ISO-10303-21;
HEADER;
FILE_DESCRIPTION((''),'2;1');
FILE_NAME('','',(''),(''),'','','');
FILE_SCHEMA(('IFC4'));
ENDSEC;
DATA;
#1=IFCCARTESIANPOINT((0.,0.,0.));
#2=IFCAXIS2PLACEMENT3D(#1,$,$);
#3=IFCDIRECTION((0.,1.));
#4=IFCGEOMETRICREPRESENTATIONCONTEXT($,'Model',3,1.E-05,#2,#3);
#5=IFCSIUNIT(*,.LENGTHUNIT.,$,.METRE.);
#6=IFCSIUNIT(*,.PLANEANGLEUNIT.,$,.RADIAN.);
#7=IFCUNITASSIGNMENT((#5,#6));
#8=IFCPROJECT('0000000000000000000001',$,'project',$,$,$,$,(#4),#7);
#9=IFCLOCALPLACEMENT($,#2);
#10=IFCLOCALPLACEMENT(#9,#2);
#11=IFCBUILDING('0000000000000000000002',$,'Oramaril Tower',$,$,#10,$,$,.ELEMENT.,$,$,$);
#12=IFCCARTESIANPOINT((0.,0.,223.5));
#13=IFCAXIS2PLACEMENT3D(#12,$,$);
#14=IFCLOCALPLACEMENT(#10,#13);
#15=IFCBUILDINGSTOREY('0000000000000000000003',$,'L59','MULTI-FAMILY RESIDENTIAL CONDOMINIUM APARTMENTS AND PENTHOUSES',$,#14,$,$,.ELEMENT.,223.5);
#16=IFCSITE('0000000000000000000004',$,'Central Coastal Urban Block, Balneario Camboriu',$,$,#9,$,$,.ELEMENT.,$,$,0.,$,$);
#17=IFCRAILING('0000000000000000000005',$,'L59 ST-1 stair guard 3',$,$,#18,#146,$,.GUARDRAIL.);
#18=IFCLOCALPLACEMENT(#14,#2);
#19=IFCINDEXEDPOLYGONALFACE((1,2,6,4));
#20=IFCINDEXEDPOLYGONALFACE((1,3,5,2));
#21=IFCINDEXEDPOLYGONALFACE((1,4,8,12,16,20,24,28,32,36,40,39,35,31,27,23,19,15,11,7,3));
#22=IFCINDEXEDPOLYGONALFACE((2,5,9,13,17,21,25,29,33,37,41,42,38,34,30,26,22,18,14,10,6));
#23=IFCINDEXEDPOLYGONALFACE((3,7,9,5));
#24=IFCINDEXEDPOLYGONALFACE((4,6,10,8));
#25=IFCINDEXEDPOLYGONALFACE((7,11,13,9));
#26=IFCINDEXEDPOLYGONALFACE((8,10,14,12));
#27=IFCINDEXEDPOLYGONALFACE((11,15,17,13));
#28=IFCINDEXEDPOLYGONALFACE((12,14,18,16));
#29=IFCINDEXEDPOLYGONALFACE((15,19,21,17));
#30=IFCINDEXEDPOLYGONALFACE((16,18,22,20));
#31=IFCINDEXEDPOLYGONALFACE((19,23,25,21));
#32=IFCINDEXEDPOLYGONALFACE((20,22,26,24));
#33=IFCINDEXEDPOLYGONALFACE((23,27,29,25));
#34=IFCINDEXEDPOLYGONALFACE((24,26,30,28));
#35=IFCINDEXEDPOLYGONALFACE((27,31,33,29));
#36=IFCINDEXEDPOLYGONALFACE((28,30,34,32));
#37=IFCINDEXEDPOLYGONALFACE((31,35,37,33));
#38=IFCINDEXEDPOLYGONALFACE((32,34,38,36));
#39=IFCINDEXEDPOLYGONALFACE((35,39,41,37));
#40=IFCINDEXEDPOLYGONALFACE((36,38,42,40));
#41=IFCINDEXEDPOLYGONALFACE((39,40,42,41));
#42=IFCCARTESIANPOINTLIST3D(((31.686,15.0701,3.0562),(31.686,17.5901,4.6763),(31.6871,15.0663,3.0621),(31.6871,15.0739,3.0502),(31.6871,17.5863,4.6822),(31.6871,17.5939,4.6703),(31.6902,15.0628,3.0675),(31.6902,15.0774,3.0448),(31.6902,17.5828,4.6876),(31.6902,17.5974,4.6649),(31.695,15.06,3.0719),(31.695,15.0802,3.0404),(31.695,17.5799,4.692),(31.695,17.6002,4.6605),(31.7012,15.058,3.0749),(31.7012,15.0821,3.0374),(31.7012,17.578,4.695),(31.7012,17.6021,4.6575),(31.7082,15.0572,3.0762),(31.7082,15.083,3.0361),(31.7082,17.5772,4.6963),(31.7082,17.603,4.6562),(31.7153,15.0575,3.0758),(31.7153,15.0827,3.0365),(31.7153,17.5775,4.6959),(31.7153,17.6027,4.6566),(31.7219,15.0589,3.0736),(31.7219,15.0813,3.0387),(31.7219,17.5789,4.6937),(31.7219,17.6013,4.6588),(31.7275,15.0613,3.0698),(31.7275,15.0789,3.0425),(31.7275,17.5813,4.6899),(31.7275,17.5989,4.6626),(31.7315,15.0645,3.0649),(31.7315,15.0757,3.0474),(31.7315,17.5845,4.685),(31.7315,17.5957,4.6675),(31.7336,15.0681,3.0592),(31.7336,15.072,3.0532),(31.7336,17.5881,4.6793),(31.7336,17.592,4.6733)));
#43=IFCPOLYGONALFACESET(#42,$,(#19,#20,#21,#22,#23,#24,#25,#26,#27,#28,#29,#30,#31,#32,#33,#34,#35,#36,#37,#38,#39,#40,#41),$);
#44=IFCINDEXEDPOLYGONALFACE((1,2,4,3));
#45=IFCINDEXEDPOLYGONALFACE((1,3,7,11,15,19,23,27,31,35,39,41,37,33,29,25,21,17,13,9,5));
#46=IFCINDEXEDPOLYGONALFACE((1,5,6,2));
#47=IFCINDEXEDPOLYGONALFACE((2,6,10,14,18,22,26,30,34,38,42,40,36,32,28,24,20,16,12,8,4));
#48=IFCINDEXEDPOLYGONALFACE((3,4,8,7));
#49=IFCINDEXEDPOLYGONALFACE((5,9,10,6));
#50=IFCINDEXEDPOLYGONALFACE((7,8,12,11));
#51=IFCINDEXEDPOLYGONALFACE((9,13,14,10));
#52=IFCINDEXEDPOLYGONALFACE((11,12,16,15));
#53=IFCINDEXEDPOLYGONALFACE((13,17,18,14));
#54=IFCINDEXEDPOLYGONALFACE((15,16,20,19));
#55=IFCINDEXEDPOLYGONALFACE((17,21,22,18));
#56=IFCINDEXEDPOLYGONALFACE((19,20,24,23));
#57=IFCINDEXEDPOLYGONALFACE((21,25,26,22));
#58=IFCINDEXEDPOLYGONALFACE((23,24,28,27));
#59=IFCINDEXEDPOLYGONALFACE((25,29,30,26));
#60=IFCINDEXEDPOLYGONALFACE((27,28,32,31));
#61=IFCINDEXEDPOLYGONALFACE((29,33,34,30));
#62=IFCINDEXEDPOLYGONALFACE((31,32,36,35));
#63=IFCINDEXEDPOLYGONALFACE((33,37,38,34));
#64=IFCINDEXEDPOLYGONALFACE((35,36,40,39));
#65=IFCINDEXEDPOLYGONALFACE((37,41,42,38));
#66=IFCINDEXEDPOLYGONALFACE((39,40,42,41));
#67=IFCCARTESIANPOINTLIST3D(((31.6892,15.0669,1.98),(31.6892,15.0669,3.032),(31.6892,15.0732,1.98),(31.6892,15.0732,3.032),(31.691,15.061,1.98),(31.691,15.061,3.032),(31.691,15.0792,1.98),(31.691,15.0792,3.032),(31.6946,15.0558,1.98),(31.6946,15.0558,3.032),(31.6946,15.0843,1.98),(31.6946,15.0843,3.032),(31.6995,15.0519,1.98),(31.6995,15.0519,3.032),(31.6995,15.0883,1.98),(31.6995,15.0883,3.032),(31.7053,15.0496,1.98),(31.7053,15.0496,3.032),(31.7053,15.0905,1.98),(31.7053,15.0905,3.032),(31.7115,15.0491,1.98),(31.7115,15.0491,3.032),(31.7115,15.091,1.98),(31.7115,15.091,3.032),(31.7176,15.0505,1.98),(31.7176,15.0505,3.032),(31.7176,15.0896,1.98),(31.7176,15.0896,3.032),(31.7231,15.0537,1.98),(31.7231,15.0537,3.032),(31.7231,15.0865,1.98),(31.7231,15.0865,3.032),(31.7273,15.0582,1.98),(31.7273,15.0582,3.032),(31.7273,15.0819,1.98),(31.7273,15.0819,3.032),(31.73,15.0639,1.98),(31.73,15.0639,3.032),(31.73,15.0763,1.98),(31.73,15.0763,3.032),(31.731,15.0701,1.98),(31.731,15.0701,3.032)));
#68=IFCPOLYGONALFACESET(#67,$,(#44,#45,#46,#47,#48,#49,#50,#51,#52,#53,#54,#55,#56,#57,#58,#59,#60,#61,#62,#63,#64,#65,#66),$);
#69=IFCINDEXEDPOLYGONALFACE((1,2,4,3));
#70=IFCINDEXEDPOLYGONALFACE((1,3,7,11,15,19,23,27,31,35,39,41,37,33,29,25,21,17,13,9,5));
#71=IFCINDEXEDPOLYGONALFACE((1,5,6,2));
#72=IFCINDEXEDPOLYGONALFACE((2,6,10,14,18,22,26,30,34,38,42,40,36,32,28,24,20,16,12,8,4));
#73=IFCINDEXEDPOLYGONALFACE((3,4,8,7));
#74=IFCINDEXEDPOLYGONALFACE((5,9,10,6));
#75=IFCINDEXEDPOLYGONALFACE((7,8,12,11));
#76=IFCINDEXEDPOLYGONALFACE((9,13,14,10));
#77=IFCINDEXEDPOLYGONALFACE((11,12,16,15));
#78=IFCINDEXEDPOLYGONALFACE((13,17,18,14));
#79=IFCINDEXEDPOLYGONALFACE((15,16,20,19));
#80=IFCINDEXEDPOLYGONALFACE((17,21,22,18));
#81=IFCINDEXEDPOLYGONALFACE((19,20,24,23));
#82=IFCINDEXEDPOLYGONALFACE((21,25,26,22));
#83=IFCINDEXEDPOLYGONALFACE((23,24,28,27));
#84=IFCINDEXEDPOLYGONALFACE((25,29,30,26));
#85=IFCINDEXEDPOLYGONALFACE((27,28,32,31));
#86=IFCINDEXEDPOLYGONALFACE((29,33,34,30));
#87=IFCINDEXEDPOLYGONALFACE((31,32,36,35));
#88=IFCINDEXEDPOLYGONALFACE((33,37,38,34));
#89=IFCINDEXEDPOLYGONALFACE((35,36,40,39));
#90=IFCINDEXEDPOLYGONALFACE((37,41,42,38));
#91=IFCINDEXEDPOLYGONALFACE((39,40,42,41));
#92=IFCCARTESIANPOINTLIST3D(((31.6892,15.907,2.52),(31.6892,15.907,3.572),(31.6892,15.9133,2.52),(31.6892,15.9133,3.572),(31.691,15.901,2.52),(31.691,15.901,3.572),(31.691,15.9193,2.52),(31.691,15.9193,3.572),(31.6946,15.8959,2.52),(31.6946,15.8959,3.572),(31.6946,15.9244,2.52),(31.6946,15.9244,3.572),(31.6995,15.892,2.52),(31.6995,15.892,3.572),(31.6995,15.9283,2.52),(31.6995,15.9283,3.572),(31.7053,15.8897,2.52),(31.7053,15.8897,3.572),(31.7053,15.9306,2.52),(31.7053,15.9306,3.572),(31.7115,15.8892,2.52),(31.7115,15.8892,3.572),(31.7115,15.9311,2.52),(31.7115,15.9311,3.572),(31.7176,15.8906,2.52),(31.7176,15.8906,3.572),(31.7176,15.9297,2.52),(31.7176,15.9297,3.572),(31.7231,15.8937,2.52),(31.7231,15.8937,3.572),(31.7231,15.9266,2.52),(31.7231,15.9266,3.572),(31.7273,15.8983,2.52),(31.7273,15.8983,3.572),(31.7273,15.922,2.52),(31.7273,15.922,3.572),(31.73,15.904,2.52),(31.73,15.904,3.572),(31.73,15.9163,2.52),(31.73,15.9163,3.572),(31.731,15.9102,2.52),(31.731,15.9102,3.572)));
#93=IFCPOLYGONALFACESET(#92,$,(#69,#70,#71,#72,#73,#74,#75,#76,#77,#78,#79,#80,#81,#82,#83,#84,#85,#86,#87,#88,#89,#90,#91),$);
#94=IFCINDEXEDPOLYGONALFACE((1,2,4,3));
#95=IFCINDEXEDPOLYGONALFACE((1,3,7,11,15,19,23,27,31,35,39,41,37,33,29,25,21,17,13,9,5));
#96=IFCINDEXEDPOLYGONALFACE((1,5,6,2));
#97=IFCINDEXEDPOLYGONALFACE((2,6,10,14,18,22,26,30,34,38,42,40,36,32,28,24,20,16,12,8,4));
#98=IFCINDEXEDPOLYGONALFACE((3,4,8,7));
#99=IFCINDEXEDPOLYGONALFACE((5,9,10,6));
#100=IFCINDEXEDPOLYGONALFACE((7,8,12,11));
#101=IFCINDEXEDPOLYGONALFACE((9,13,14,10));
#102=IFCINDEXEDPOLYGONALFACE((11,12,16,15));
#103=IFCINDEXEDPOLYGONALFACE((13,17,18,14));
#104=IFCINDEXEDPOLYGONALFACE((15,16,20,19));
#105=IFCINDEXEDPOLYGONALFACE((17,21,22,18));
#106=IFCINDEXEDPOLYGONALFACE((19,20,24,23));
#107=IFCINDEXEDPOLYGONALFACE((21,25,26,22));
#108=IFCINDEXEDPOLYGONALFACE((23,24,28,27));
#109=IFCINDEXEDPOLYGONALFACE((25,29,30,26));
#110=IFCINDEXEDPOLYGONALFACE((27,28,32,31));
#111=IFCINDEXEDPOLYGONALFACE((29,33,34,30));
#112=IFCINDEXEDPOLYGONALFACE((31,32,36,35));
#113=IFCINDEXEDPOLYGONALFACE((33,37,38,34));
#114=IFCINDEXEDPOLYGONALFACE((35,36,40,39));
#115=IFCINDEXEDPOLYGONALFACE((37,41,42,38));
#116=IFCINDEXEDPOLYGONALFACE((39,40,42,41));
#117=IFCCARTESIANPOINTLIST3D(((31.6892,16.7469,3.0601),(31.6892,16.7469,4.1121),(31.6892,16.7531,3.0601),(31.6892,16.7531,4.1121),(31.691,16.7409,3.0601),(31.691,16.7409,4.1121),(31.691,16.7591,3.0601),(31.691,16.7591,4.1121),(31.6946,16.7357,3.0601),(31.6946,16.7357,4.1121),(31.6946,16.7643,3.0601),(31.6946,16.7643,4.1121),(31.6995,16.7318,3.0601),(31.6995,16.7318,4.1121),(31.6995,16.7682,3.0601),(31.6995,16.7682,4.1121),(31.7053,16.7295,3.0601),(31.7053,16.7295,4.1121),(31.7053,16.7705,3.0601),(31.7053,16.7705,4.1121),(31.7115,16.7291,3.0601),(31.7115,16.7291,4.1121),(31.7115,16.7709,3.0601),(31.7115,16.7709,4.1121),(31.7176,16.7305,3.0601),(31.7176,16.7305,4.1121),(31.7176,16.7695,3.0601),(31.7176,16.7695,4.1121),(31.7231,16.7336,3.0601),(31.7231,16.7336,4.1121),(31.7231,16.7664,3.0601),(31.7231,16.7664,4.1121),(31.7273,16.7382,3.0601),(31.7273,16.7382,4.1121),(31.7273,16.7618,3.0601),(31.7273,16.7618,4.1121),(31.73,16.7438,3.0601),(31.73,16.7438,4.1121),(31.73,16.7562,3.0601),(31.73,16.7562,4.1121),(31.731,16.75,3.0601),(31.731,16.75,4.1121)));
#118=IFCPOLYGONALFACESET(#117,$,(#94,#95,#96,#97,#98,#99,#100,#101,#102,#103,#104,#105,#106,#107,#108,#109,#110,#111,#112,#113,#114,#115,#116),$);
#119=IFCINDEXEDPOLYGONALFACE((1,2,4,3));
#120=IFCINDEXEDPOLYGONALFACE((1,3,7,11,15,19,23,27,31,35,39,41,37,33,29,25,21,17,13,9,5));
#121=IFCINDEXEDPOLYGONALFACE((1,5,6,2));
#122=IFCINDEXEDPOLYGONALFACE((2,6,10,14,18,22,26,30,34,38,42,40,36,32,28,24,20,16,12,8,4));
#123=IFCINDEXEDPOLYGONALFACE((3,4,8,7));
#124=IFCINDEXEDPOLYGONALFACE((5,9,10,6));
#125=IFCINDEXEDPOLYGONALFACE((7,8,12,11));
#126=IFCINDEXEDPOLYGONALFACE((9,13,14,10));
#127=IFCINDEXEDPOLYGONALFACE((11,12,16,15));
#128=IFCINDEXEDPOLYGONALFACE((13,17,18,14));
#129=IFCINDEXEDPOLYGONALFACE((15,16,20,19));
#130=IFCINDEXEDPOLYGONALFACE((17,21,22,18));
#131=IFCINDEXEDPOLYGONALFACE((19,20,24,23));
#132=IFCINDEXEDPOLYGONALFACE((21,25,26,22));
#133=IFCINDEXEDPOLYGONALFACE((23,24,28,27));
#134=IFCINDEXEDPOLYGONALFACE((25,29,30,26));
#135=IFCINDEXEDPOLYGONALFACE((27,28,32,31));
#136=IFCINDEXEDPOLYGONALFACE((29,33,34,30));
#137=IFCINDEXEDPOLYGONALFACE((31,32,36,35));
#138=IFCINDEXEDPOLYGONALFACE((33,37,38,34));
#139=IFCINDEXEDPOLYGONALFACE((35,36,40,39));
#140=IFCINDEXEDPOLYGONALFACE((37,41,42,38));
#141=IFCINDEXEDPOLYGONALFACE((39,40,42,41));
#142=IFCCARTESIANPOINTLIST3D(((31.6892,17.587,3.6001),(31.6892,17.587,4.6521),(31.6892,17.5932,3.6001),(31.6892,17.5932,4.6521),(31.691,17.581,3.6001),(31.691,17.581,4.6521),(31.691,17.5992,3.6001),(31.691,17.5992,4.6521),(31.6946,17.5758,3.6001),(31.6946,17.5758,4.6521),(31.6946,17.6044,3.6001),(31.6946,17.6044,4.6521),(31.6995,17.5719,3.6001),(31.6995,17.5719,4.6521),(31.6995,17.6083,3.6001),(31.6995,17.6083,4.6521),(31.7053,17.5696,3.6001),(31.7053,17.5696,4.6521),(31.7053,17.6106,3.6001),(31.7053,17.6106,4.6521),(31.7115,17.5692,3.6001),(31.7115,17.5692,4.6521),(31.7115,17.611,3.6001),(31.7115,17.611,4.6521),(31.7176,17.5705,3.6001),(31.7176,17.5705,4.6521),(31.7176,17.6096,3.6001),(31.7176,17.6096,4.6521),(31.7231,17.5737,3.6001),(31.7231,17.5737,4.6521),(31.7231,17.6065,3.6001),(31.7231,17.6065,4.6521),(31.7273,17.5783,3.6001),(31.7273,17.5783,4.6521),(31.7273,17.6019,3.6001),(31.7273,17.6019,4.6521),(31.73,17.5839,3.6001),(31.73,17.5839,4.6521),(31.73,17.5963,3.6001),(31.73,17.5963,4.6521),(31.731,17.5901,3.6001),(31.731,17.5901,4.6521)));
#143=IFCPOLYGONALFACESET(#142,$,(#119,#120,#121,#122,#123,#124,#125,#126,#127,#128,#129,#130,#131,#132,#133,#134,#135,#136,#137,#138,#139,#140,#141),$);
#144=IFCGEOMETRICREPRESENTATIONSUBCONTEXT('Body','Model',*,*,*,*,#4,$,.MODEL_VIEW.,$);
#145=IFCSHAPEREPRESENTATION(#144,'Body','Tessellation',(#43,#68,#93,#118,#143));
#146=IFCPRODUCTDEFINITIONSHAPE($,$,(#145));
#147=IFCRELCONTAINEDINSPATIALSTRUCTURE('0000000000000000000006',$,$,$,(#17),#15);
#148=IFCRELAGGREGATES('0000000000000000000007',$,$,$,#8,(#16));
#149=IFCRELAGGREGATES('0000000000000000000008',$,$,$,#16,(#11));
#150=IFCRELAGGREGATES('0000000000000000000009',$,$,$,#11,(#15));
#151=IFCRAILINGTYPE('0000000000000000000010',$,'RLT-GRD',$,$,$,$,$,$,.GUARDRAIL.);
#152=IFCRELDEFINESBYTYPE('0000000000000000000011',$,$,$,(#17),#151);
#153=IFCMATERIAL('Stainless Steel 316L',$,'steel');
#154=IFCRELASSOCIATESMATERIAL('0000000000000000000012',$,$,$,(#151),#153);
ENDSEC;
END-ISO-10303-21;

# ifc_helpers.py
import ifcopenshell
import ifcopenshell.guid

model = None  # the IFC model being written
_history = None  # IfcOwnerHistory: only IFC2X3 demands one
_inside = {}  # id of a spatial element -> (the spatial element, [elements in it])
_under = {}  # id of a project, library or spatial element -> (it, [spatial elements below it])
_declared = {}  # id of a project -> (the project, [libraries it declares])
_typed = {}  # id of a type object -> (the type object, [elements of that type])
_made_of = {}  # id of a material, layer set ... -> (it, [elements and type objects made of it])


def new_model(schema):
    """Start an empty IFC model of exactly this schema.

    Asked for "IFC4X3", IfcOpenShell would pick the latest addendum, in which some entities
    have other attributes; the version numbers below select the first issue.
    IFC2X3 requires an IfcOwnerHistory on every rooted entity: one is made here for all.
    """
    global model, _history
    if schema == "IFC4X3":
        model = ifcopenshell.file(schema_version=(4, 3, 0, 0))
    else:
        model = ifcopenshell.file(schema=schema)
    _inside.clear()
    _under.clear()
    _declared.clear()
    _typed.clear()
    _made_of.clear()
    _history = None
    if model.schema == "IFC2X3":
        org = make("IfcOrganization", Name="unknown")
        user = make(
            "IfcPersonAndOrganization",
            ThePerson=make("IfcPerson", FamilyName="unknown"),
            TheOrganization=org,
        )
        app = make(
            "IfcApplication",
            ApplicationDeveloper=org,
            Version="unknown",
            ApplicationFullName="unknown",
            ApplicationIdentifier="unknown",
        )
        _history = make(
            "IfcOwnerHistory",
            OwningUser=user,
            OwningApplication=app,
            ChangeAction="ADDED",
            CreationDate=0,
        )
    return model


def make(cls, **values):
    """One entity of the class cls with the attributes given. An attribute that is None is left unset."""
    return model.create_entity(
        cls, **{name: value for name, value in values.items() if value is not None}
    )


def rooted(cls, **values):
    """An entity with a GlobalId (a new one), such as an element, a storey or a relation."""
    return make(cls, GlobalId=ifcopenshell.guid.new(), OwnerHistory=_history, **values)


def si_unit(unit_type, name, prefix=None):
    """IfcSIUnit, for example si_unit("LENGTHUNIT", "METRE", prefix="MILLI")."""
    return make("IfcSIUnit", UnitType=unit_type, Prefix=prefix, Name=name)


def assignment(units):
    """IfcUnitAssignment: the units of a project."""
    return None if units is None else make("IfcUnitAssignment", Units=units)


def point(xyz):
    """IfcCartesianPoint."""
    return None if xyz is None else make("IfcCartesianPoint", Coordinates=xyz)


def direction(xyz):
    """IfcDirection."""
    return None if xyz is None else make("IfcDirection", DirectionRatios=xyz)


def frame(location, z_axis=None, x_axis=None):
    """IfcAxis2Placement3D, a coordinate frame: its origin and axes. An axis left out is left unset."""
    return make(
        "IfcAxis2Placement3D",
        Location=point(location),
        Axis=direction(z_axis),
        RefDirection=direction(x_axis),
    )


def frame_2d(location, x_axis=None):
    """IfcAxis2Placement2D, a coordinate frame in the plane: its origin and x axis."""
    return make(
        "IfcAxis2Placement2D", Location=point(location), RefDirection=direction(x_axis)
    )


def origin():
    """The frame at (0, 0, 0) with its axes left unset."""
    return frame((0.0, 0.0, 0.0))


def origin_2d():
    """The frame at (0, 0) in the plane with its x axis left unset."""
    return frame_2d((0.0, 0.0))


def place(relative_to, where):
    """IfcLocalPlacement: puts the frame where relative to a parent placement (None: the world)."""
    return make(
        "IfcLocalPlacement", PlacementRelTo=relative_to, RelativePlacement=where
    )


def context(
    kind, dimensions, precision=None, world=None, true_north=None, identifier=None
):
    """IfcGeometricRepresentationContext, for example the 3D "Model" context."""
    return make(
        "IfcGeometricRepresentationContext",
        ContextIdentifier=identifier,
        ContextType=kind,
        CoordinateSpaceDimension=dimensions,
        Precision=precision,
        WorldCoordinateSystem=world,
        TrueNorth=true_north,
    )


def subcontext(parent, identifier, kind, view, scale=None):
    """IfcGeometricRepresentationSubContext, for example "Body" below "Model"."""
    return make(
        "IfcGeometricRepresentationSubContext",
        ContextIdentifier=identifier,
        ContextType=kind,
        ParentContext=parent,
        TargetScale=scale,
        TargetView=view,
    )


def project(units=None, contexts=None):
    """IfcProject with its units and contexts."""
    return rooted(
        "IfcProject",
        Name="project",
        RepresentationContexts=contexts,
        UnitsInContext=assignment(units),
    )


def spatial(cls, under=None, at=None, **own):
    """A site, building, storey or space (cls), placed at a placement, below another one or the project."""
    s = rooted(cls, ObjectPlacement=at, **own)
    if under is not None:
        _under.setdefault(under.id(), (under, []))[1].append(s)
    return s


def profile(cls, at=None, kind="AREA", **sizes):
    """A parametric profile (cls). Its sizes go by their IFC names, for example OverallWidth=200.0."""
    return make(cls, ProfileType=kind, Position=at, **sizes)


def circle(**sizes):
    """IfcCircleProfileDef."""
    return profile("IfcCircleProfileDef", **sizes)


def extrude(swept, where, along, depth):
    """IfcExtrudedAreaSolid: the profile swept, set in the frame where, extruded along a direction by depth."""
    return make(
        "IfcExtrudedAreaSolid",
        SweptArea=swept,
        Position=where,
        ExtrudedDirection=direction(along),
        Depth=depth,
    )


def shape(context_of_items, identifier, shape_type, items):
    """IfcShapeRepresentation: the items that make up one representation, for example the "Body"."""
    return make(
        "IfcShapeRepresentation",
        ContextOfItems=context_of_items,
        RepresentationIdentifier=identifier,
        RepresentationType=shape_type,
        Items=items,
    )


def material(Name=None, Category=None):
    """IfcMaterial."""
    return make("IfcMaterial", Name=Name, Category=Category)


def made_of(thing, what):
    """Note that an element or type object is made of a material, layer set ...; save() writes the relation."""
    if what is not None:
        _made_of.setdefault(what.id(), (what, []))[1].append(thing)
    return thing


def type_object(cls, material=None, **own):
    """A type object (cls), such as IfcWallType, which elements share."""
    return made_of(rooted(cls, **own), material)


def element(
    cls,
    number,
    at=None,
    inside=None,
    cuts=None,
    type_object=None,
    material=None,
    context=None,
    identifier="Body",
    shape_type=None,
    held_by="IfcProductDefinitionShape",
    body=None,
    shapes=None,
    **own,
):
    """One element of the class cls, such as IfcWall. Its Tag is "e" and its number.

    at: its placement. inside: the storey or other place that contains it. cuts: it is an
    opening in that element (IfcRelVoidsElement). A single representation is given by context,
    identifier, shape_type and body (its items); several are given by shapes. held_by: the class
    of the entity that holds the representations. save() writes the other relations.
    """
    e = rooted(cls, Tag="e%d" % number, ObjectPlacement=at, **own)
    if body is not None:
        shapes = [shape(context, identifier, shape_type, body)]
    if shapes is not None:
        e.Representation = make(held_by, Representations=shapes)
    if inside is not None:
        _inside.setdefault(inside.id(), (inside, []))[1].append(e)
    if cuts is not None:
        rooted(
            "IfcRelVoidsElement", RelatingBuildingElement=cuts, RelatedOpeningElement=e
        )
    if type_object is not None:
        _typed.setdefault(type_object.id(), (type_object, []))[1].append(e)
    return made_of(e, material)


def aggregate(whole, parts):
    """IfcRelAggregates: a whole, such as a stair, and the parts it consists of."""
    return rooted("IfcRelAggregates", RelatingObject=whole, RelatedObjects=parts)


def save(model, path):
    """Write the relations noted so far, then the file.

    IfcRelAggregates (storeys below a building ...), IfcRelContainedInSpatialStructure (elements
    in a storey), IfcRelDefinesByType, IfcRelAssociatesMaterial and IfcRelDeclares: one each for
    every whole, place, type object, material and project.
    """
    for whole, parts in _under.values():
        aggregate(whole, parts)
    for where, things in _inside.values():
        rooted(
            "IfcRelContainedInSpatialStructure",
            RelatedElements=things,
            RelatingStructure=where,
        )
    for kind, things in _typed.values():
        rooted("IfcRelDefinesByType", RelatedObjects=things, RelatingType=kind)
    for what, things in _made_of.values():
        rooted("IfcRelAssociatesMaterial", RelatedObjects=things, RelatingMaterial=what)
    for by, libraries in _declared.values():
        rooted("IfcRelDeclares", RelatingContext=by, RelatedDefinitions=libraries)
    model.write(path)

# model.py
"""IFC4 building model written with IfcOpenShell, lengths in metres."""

from ifc_helpers import new_model, si_unit, direction, frame, origin, origin_2d, place, context, subcontext, project, spatial, circle, extrude, material, type_object, element, save


model = new_model("IFC4")

# Units and contexts
model_context = context("Model", 3, precision=1e-05, world=origin(), true_north=direction((0.0, 1.0)))
body_context = subcontext(model_context, "Body", "Model", "MODEL_VIEW")
ifc_project = project(units=[si_unit("LENGTHUNIT", "METRE"), si_unit("PLANEANGLEUNIT", "RADIAN")], contexts=[model_context])

# Site, building, storey
site_placement = place(None, origin())
site = spatial("IfcSite", under=ifc_project, at=site_placement, Name="Central Coastal Urban Block, Balneario Camboriu", CompositionType="ELEMENT", RefElevation=0.0)
building_placement = place(site_placement, origin())
building = spatial("IfcBuilding", under=site, at=building_placement, Name="Oramaril Tower", CompositionType="ELEMENT")
storey_placement = place(building_placement, frame((0.0, 0.0, 223.5)))
storey = spatial("IfcBuildingStorey", under=building, at=storey_placement, Name="L59", Description="MULTI-FAMILY RESIDENTIAL CONDOMINIUM APARTMENTS AND PENTHOUSES", CompositionType="ELEMENT", Elevation=223.5)

# Railing
ifc_material_1 = material(Name="Stainless Steel 316L", Category="steel")
railing_type_1 = type_object("IfcRailingType", Name="RLT-GRD", PredefinedType="GUARDRAIL", material=ifc_material_1)
railing_1_placement = place(storey_placement, frame((31.71, 15.0701, 1.98)))
element("IfcRailing", 1, at=railing_1_placement, inside=storey, type_object=railing_type_1, Name="L59 ST-1 stair guard 3", PredefinedType="GUARDRAIL", context=body_context, shape_type="SweptSolid", body=[
    extrude(circle(Radius=0.0239, at=origin_2d()), frame((0.0, 0.0, 1.0762), z_axis=(0.0, 0.841163, 0.540782), x_axis=(-1.0, 0.0, 0.0)), (0.0, 0.0, 1.0), 2.9958),
    extrude(circle(Radius=0.021, at=origin_2d()), origin(), (0.0, 0.0, 1.0), 1.052),
    extrude(circle(Radius=0.021, at=origin_2d()), frame((0.0, 0.8401, 0.54)), (0.0, 0.0, 1.0), 1.052),
    extrude(circle(Radius=0.021, at=origin_2d()), frame((0.0, 1.6799, 1.0801)), (0.0, 0.0, 1.0), 1.052),
    extrude(circle(Radius=0.021, at=origin_2d()), frame((0.0, 2.52, 1.6201)), (0.0, 0.0, 1.0), 1.052),
])

save(model, "model.ifc")
